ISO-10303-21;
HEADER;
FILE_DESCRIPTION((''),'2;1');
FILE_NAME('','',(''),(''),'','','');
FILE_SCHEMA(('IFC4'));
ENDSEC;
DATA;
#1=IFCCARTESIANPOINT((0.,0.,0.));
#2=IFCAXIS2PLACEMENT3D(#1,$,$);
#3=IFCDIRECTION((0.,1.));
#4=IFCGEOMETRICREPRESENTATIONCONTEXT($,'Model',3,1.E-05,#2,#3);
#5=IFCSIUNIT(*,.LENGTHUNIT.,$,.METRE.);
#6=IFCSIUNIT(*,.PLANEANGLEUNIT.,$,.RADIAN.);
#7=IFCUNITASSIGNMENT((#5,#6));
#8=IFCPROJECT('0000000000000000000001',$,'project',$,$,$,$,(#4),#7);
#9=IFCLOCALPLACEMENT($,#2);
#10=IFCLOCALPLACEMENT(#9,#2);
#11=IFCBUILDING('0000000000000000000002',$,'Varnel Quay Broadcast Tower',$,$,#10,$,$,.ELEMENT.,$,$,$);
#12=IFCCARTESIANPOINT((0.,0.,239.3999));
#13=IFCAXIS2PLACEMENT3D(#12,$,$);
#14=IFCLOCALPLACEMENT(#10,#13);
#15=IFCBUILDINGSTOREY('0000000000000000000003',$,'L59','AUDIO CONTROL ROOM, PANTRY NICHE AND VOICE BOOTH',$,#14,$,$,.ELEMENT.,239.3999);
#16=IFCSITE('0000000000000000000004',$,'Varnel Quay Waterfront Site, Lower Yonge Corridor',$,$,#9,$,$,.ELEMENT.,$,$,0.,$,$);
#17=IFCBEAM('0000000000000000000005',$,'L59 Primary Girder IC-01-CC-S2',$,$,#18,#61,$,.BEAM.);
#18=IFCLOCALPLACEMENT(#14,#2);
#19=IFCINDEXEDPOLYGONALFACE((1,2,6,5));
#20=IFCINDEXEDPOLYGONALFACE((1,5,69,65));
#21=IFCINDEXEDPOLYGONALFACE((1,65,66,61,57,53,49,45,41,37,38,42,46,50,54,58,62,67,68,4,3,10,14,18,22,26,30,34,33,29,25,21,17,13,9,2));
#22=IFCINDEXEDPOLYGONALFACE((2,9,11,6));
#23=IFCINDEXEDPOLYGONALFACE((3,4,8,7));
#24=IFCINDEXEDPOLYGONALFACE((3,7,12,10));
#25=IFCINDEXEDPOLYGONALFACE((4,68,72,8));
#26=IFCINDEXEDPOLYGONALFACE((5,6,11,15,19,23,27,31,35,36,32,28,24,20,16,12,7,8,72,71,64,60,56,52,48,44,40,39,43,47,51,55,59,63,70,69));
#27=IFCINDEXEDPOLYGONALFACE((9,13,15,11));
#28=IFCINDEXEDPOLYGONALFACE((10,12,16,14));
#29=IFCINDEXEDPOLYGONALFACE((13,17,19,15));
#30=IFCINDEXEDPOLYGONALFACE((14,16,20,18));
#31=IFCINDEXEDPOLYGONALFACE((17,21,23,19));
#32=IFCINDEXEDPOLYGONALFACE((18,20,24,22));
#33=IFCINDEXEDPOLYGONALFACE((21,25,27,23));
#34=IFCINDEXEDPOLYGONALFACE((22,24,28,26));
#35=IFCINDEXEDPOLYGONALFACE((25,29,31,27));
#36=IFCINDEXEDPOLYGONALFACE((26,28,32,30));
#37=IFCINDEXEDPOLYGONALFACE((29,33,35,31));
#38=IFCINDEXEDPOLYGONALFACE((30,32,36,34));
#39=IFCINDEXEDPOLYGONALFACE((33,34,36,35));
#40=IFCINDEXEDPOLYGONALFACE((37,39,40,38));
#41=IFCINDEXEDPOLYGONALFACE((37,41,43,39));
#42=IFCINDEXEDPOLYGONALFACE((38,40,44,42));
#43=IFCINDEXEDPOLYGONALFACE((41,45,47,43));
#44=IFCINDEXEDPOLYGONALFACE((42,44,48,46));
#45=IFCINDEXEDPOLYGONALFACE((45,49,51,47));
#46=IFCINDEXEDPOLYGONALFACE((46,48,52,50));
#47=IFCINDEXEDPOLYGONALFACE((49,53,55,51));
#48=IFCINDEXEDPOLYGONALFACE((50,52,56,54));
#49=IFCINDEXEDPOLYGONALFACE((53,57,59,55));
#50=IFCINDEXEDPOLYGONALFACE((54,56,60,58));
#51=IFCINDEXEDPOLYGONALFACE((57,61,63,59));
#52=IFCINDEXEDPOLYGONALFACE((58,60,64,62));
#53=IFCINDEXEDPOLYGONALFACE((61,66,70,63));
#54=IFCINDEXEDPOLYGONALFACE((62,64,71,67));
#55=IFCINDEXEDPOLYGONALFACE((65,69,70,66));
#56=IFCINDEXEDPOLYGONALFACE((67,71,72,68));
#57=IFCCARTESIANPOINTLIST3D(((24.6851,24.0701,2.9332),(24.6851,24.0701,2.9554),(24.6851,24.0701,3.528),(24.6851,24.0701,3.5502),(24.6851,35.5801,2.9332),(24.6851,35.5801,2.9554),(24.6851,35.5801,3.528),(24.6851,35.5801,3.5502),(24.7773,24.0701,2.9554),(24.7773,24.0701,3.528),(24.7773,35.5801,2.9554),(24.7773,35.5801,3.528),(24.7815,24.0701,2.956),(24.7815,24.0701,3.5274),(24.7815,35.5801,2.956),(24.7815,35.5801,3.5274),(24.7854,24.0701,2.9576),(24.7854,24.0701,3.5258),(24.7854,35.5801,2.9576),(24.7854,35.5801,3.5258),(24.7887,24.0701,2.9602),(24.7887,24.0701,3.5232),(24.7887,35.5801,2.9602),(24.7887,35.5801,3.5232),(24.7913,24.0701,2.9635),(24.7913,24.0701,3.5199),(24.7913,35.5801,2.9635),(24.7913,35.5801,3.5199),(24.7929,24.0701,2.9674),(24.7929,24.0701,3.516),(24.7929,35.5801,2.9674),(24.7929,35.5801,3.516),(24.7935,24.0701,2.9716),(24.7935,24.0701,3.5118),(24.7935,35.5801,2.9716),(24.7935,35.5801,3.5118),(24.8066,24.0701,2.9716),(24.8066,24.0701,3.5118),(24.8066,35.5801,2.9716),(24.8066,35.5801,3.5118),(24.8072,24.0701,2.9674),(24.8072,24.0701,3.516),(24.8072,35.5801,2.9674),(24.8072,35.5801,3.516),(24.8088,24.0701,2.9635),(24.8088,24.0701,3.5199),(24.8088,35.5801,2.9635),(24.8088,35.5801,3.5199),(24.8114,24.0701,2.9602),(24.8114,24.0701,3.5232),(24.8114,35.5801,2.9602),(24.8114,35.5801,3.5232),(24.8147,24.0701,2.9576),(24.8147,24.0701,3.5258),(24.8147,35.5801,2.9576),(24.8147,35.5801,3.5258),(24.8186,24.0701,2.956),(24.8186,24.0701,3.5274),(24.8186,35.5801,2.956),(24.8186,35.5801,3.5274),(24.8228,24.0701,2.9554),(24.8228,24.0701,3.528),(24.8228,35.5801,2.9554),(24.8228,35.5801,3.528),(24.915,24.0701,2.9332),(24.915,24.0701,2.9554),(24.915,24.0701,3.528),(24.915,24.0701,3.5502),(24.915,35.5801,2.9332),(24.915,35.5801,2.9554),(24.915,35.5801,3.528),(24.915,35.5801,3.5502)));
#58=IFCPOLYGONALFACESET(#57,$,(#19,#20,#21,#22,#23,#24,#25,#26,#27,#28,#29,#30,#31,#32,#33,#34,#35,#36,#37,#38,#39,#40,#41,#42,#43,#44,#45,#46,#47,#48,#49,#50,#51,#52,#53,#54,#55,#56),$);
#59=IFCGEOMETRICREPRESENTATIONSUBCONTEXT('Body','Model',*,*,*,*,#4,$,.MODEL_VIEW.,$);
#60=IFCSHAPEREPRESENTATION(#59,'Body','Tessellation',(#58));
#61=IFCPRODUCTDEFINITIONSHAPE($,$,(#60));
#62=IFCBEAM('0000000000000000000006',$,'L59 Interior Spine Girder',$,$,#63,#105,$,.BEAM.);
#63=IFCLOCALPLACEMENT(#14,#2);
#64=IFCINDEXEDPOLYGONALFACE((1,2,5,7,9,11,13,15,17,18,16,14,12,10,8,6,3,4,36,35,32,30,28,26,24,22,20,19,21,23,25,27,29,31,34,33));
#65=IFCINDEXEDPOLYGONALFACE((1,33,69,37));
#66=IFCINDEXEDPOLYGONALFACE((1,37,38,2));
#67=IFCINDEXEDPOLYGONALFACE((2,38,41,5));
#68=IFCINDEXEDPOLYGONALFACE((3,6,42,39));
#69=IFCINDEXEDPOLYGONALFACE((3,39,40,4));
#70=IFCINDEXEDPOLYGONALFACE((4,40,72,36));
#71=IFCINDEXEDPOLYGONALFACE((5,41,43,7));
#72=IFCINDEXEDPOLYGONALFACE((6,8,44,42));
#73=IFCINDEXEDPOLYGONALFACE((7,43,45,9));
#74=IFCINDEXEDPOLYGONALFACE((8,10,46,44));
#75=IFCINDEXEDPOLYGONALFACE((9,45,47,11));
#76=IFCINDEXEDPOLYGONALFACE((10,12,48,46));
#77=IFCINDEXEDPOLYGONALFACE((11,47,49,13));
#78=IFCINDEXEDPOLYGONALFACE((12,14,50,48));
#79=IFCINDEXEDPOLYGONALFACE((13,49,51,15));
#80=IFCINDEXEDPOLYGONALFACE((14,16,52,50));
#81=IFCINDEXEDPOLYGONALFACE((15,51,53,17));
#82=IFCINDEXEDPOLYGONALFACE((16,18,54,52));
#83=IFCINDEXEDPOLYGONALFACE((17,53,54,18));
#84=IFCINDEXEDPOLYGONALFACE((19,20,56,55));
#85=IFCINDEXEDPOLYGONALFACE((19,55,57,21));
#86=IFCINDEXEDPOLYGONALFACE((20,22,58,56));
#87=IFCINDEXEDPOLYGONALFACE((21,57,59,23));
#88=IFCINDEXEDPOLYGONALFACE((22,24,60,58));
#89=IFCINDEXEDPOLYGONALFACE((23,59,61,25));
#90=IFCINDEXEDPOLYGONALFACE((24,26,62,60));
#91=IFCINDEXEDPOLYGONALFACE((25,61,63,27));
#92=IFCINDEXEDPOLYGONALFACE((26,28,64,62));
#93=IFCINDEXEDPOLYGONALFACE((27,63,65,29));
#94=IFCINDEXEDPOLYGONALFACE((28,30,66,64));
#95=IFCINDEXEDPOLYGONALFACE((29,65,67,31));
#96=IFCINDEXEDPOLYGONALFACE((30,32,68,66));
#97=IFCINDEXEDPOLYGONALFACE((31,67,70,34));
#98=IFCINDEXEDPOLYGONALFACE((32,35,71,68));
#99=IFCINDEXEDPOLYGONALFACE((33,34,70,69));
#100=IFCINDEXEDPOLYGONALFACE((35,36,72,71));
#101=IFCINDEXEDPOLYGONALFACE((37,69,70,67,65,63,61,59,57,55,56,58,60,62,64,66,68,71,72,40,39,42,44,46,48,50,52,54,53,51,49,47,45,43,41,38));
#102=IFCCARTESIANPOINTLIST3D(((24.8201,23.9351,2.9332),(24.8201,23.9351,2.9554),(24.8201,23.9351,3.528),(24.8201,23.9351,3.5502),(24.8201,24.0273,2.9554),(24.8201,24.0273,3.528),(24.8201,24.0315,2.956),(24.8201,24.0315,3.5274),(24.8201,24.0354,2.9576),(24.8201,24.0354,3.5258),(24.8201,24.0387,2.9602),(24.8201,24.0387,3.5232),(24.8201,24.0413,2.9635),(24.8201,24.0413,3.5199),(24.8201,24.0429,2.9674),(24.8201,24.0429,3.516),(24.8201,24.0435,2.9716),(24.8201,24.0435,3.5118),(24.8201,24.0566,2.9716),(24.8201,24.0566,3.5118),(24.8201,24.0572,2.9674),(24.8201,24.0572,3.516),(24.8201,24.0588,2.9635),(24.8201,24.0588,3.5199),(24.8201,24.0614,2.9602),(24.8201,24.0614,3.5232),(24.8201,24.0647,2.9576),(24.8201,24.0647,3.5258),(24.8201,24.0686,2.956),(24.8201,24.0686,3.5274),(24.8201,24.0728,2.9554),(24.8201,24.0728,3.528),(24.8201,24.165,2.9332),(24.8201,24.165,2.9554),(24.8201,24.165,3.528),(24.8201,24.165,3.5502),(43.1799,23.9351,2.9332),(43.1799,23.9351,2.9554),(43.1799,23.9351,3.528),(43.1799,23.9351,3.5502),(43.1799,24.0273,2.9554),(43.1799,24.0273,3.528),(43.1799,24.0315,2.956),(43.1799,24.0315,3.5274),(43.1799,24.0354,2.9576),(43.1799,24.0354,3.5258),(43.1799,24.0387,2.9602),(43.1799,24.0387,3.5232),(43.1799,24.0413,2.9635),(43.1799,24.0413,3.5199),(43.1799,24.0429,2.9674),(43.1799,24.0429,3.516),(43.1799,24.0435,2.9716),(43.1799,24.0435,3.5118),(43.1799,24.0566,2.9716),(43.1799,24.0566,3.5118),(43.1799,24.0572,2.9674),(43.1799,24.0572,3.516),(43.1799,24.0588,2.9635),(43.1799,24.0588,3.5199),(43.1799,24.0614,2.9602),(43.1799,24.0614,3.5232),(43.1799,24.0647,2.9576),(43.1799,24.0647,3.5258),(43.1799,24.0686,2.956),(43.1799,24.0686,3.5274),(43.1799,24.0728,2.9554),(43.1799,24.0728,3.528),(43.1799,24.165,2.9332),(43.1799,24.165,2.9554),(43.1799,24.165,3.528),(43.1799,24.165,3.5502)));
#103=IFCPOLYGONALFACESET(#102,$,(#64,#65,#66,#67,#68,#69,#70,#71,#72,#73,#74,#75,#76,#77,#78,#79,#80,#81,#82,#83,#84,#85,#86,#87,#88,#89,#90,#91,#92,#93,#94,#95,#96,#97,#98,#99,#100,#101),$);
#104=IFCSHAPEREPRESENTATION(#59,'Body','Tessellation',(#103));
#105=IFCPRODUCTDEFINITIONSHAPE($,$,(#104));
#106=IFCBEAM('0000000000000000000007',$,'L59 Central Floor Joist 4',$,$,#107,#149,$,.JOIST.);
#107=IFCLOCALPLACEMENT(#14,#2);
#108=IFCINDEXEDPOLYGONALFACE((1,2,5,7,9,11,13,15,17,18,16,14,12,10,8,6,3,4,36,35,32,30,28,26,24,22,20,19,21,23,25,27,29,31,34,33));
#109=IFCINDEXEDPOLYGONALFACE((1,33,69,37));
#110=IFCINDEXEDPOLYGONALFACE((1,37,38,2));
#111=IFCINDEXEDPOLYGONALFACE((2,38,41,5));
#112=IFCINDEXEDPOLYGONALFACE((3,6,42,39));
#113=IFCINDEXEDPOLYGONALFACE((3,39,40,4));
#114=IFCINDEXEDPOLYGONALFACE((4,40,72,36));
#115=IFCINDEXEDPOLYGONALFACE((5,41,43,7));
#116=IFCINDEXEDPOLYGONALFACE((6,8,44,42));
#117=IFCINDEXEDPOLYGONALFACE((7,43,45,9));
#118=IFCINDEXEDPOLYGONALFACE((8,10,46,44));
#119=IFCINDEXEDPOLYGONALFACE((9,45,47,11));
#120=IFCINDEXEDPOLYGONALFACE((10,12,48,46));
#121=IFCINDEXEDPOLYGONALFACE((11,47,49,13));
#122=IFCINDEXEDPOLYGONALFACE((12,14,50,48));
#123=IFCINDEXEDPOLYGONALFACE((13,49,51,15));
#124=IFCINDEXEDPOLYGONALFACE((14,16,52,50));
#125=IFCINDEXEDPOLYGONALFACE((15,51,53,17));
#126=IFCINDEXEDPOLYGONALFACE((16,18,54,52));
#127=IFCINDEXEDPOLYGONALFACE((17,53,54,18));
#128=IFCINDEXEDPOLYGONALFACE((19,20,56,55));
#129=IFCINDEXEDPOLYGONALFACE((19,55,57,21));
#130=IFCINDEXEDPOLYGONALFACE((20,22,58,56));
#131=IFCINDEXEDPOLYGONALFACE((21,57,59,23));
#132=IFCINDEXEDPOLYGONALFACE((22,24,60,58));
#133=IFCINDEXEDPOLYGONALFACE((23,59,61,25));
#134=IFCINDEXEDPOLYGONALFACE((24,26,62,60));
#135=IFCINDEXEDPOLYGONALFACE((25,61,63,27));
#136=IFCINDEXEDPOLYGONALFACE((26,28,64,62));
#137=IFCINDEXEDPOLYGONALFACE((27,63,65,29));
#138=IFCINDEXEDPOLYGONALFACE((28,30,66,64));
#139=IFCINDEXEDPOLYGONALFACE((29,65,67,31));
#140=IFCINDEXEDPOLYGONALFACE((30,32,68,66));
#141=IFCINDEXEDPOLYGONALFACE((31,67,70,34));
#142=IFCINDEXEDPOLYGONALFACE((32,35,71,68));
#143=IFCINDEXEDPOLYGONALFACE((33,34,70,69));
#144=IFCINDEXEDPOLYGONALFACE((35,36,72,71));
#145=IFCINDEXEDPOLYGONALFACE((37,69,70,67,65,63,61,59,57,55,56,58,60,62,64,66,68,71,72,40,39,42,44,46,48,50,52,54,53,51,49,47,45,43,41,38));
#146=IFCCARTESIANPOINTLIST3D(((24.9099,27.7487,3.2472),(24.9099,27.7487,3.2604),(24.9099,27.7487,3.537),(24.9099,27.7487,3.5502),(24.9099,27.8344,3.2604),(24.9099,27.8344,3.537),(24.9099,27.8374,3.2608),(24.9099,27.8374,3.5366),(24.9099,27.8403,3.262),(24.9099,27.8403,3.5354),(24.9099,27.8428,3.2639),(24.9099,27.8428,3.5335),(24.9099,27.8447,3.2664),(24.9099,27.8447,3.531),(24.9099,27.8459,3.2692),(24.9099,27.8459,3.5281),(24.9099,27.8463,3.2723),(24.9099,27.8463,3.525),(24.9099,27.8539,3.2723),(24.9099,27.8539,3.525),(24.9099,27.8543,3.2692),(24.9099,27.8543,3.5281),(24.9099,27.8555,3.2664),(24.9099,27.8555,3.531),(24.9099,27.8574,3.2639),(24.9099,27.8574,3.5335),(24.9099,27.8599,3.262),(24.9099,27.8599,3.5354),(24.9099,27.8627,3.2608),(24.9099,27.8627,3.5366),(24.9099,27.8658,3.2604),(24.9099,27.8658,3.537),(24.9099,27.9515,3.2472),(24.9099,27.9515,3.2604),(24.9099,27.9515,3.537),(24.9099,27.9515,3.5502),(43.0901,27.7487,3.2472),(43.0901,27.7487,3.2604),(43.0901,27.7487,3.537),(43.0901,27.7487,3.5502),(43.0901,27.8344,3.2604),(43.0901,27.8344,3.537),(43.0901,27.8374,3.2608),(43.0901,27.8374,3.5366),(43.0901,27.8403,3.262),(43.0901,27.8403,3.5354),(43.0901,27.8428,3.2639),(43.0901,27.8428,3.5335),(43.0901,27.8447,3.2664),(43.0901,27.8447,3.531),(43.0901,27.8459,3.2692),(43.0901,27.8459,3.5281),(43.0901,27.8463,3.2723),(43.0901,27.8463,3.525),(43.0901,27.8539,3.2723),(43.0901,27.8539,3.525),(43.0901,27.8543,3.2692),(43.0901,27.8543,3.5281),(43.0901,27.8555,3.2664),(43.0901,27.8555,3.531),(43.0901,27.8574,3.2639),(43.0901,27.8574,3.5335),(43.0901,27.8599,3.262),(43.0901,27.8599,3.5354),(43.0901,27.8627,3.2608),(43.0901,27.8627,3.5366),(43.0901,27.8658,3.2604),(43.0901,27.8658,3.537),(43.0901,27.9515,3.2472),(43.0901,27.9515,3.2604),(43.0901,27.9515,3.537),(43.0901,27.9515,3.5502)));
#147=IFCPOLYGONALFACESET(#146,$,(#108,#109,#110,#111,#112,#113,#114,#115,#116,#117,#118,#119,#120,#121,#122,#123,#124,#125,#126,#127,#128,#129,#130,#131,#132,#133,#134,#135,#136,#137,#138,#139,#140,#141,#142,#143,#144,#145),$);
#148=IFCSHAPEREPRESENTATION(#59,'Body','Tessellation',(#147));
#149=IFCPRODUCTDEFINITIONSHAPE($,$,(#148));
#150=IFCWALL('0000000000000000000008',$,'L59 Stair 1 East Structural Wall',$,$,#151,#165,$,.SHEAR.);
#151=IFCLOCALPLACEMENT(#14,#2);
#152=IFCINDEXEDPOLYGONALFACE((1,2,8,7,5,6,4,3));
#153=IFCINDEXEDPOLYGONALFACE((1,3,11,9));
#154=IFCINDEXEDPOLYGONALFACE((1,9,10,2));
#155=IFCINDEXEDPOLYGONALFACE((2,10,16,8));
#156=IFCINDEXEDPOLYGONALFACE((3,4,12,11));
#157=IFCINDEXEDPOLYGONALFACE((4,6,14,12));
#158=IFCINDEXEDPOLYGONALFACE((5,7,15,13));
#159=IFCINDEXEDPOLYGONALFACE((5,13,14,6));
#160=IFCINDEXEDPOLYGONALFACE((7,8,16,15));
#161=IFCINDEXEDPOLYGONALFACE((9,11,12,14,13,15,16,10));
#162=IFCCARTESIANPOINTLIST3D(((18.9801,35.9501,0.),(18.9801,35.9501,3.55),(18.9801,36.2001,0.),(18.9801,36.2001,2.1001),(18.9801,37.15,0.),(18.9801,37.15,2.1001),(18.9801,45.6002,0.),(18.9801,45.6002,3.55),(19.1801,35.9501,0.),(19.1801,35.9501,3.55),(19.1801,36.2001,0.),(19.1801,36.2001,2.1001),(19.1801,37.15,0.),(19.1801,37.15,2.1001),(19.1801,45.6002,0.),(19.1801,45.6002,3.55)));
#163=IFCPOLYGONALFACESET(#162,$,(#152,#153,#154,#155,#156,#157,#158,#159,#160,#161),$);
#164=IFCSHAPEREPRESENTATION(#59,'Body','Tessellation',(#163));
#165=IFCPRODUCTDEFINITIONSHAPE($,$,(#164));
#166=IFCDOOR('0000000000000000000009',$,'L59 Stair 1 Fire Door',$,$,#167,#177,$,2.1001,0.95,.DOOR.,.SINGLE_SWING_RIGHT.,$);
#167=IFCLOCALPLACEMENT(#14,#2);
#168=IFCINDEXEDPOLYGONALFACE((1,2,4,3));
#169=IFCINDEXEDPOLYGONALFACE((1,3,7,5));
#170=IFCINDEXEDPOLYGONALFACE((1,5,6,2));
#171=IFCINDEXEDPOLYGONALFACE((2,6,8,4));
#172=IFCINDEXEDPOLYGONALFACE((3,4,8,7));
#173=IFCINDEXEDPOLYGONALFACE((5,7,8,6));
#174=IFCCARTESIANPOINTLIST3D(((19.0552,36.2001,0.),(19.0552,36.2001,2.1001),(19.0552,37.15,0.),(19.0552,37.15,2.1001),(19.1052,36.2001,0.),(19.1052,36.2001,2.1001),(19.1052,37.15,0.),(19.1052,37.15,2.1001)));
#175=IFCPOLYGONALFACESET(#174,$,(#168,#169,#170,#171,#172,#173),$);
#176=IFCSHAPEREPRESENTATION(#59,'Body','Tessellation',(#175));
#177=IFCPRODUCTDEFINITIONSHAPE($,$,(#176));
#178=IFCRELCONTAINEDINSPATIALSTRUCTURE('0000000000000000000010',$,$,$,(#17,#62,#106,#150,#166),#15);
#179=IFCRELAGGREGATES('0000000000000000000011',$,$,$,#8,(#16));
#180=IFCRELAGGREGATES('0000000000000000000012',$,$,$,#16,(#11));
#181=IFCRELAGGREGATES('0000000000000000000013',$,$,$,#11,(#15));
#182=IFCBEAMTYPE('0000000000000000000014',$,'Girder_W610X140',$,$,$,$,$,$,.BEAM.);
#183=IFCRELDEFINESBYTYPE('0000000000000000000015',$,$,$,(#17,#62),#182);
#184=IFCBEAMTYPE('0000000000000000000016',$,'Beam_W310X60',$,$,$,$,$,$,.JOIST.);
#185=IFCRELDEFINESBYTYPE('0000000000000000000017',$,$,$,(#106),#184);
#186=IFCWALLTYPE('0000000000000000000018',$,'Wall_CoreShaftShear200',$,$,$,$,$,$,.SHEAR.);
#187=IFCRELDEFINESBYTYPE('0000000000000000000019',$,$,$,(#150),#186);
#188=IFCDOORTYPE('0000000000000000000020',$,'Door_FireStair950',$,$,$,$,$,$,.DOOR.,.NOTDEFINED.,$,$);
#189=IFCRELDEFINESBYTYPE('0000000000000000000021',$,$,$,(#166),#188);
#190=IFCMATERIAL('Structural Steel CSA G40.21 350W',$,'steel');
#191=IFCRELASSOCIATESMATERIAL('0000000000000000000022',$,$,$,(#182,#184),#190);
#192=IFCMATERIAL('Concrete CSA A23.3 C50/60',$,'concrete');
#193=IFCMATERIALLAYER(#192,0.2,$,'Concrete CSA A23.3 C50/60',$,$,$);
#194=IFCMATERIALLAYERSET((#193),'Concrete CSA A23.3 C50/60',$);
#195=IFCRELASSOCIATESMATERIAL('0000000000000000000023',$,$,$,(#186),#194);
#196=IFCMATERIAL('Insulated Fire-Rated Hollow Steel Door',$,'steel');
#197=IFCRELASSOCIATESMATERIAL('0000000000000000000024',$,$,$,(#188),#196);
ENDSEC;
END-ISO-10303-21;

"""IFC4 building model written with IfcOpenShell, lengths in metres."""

from ifc_helpers import new_model, si_unit, direction, frame, frame_2d, origin, origin_2d, place, context, subcontext, project, spatial, rectangle, i_section, extrude, source, transform, mapped, material, layer, layer_set, material_profile, profile_set, type_object, type_shapes, element, fill, save


model = new_model("IFC4")

# Units and contexts
model_context = context("Model", 3, precision=1e-05, world=origin(), true_north=direction((0.0, 1.0)))
body_context = subcontext(model_context, "Body", "Model", "MODEL_VIEW")
ifc_project = project(units=[si_unit("LENGTHUNIT", "METRE"), si_unit("PLANEANGLEUNIT", "RADIAN")], contexts=[model_context])

# Site, building, storey
site_placement = place(None, origin())
site = spatial("IfcSite", under=ifc_project, at=site_placement, Name="Varnel Quay Waterfront Site, Lower Yonge Corridor", CompositionType="ELEMENT", RefElevation=0.0)
building_placement = place(site_placement, origin())
building = spatial("IfcBuilding", under=site, at=building_placement, Name="Varnel Quay Broadcast Tower", CompositionType="ELEMENT")
storey_placement = place(building_placement, frame((0.0, 0.0, 239.3999)))
storey = spatial("IfcBuildingStorey", under=building, at=storey_placement, Name="L59", Description="AUDIO CONTROL ROOM, PANTRY NICHE AND VOICE BOOTH", CompositionType="ELEMENT", Elevation=239.3999)

# Shared definitions
ifc_material_1 = material(Name="Structural Steel CSA G40.21 350W", Category="steel")

# Beams
ifc_material_2 = material(Name="Concrete CSA A23.3 C50/60", Category="concrete")
ifc_material_profile_1 = material_profile(ifc_material_1, i_section(OverallWidth=0.23, OverallDepth=0.6169, WebThickness=0.0132, FlangeThickness=0.0222, FilletRadius=0.0161, at=origin_2d()), Name="W610X140")
ifc_profile_set_1 = profile_set([ifc_material_profile_1], Name="Structural Steel CSA G40.21 350W")
beam_type_1 = type_object("IfcBeamType", Name="Girder_W610X140", PredefinedType="BEAM", material=ifc_profile_set_1)
shared_shape_1 = source(origin(), body_context, "Body", "SweptSolid", [
    extrude(i_section(OverallWidth=0.23, OverallDepth=0.6169, WebThickness=0.0132, FlangeThickness=0.0222, FilletRadius=0.0161, at=origin_2d()), origin(), (0.0, 0.0, 1.0), 11.51),
])
beam_1_placement = place(storey_placement, frame((24.8, 24.0701, 3.2417), z_axis=(0.0, 1.0, 0.0), x_axis=(-1.0, 0.0, 0.0)))
element("IfcBeam", 1, at=beam_1_placement, inside=storey, type_object=beam_type_1, Name="L59 Primary Girder IC-01-CC-S2", PredefinedType="BEAM", context=body_context, shape_type="MappedRepresentation", body=[
    mapped(shared_shape_1, transform((0.0, 0.0, 0.0), x_axis=(1.0, 0.0, 0.0), y_axis=(0.0, 1.0, 0.0), z_axis=(0.0, 0.0, 1.0), scale=1.0)),
])
shared_shape_2 = source(origin(), body_context, "Body", "SweptSolid", [
    extrude(i_section(OverallWidth=0.23, OverallDepth=0.6169, WebThickness=0.0132, FlangeThickness=0.0222, FilletRadius=0.0161, at=origin_2d()), origin(), (0.0, 0.0, 1.0), 18.3599),
])
type_shapes(beam_type_1, [shared_shape_1, shared_shape_2])
beam_2_placement = place(storey_placement, frame((24.8201, 24.05, 3.2417), z_axis=(1.0, 0.0, 0.0), x_axis=(0.0, 1.0, 0.0)))
element("IfcBeam", 2, at=beam_2_placement, inside=storey, type_object=beam_type_1, Name="L59 Interior Spine Girder", PredefinedType="BEAM", context=body_context, shape_type="MappedRepresentation", body=[
    mapped(shared_shape_2, transform((0.0, 0.0, 0.0), x_axis=(1.0, 0.0, 0.0), y_axis=(0.0, 1.0, 0.0), z_axis=(0.0, 0.0, 1.0), scale=1.0)),
])
ifc_material_profile_2 = material_profile(ifc_material_1, i_section(OverallWidth=0.2029, OverallDepth=0.303, WebThickness=0.0076, FlangeThickness=0.0132, FilletRadius=0.012, at=origin_2d()), Name="W310X60")
ifc_profile_set_2 = profile_set([ifc_material_profile_2], Name="Structural Steel CSA G40.21 350W")
beam_type_2 = type_object("IfcBeamType", Name="Beam_W310X60", PredefinedType="JOIST", material=ifc_profile_set_2)
shared_shape_3 = source(origin(), body_context, "Body", "SweptSolid", [
    extrude(i_section(OverallWidth=0.2029, OverallDepth=0.303, WebThickness=0.0076, FlangeThickness=0.0132, FilletRadius=0.012, at=origin_2d()), origin(), (0.0, 0.0, 1.0), 18.1802),
])
type_shapes(beam_type_2, [shared_shape_3])
beam_3_placement = place(storey_placement, frame((24.9099, 27.8501, 3.3987), z_axis=(1.0, 0.0, 0.0), x_axis=(0.0, 1.0, 0.0)))
element("IfcBeam", 3, at=beam_3_placement, inside=storey, type_object=beam_type_2, Name="L59 Central Floor Joist 4", PredefinedType="JOIST", context=body_context, shape_type="MappedRepresentation", body=[
    mapped(shared_shape_3, transform((0.0, 0.0, 0.0), x_axis=(1.0, 0.0, 0.0), y_axis=(0.0, 1.0, 0.0), z_axis=(0.0, 0.0, 1.0), scale=1.0)),
])

# Wall, opening, door
ifc_layer_1 = layer(ifc_material_2, 0.2, Name="Concrete CSA A23.3 C50/60")
ifc_layer_set_1 = layer_set([ifc_layer_1], Name="Concrete CSA A23.3 C50/60")
wall_type_1 = type_object("IfcWallType", Name="Wall_CoreShaftShear200", PredefinedType="SHEAR", material=ifc_layer_set_1)
wall_1_placement = place(storey_placement, frame((19.0801, 35.95, 0.0), z_axis=(0.0, 0.0, 1.0), x_axis=(0.0, 1.0, 0.0)))
wall_1 = element("IfcWall", 4, at=wall_1_placement, inside=storey, type_object=wall_type_1, Name="L59 Stair 1 East Structural Wall", PredefinedType="SHEAR", context=body_context, shape_type="SweptSolid", body=[
    extrude(rectangle(XDim=9.6501, YDim=0.2, at=frame_2d((4.8252, 0.0))), origin(), (0.0, 0.0, 1.0), 3.55),
])
opening_1_placement = place(wall_1_placement, frame((0.25, 0.0, 0.0)))
opening_1 = element("IfcOpeningElement", 5, at=opening_1_placement, cuts=wall_1, PredefinedType="OPENING", context=body_context, shape_type="SweptSolid", body=[
    extrude(rectangle(XDim=0.95, YDim=2.1001, at=frame_2d((0.4751, 1.05))), frame((0.0, 0.1099, 0.0), z_axis=(0.0, -1.0, 0.0), x_axis=(1.0, 0.0, 0.0)), (0.0, 0.0, 1.0), 0.22),
])
ifc_material_3 = material(Name="Insulated Fire-Rated Hollow Steel Door", Category="steel")
door_type_1 = type_object("IfcDoorType", Name="Door_FireStair950", OperationType="NOTDEFINED", PredefinedType="DOOR", material=ifc_material_3)
shared_shape_4 = source(origin(), body_context, "Body", "SweptSolid", [
    extrude(rectangle(XDim=0.95, YDim=2.1001, at=frame_2d((0.4751, 1.05))), frame((0.0, 0.0249, 0.0), z_axis=(0.0, -1.0, 0.0), x_axis=(1.0, 0.0, 0.0)), (0.0, 0.0, 1.0), 0.05),
])
type_shapes(door_type_1, [shared_shape_4])
door_1_placement = place(opening_1_placement, origin())
door_1 = element("IfcDoor", 6, at=door_1_placement, inside=storey, type_object=door_type_1, Name="L59 Stair 1 Fire Door", OperationType="SINGLE_SWING_RIGHT", OverallHeight=2.1001, OverallWidth=0.95, PredefinedType="DOOR", context=body_context, shape_type="MappedRepresentation", body=[
    mapped(shared_shape_4, transform((0.0, 0.0, 0.0), x_axis=(1.0, 0.0, 0.0), y_axis=(0.0, 1.0, 0.0), z_axis=(0.0, 0.0, 1.0), scale=1.0)),
])
fill(opening_1, door_1)

save(model, "model.ifc")
